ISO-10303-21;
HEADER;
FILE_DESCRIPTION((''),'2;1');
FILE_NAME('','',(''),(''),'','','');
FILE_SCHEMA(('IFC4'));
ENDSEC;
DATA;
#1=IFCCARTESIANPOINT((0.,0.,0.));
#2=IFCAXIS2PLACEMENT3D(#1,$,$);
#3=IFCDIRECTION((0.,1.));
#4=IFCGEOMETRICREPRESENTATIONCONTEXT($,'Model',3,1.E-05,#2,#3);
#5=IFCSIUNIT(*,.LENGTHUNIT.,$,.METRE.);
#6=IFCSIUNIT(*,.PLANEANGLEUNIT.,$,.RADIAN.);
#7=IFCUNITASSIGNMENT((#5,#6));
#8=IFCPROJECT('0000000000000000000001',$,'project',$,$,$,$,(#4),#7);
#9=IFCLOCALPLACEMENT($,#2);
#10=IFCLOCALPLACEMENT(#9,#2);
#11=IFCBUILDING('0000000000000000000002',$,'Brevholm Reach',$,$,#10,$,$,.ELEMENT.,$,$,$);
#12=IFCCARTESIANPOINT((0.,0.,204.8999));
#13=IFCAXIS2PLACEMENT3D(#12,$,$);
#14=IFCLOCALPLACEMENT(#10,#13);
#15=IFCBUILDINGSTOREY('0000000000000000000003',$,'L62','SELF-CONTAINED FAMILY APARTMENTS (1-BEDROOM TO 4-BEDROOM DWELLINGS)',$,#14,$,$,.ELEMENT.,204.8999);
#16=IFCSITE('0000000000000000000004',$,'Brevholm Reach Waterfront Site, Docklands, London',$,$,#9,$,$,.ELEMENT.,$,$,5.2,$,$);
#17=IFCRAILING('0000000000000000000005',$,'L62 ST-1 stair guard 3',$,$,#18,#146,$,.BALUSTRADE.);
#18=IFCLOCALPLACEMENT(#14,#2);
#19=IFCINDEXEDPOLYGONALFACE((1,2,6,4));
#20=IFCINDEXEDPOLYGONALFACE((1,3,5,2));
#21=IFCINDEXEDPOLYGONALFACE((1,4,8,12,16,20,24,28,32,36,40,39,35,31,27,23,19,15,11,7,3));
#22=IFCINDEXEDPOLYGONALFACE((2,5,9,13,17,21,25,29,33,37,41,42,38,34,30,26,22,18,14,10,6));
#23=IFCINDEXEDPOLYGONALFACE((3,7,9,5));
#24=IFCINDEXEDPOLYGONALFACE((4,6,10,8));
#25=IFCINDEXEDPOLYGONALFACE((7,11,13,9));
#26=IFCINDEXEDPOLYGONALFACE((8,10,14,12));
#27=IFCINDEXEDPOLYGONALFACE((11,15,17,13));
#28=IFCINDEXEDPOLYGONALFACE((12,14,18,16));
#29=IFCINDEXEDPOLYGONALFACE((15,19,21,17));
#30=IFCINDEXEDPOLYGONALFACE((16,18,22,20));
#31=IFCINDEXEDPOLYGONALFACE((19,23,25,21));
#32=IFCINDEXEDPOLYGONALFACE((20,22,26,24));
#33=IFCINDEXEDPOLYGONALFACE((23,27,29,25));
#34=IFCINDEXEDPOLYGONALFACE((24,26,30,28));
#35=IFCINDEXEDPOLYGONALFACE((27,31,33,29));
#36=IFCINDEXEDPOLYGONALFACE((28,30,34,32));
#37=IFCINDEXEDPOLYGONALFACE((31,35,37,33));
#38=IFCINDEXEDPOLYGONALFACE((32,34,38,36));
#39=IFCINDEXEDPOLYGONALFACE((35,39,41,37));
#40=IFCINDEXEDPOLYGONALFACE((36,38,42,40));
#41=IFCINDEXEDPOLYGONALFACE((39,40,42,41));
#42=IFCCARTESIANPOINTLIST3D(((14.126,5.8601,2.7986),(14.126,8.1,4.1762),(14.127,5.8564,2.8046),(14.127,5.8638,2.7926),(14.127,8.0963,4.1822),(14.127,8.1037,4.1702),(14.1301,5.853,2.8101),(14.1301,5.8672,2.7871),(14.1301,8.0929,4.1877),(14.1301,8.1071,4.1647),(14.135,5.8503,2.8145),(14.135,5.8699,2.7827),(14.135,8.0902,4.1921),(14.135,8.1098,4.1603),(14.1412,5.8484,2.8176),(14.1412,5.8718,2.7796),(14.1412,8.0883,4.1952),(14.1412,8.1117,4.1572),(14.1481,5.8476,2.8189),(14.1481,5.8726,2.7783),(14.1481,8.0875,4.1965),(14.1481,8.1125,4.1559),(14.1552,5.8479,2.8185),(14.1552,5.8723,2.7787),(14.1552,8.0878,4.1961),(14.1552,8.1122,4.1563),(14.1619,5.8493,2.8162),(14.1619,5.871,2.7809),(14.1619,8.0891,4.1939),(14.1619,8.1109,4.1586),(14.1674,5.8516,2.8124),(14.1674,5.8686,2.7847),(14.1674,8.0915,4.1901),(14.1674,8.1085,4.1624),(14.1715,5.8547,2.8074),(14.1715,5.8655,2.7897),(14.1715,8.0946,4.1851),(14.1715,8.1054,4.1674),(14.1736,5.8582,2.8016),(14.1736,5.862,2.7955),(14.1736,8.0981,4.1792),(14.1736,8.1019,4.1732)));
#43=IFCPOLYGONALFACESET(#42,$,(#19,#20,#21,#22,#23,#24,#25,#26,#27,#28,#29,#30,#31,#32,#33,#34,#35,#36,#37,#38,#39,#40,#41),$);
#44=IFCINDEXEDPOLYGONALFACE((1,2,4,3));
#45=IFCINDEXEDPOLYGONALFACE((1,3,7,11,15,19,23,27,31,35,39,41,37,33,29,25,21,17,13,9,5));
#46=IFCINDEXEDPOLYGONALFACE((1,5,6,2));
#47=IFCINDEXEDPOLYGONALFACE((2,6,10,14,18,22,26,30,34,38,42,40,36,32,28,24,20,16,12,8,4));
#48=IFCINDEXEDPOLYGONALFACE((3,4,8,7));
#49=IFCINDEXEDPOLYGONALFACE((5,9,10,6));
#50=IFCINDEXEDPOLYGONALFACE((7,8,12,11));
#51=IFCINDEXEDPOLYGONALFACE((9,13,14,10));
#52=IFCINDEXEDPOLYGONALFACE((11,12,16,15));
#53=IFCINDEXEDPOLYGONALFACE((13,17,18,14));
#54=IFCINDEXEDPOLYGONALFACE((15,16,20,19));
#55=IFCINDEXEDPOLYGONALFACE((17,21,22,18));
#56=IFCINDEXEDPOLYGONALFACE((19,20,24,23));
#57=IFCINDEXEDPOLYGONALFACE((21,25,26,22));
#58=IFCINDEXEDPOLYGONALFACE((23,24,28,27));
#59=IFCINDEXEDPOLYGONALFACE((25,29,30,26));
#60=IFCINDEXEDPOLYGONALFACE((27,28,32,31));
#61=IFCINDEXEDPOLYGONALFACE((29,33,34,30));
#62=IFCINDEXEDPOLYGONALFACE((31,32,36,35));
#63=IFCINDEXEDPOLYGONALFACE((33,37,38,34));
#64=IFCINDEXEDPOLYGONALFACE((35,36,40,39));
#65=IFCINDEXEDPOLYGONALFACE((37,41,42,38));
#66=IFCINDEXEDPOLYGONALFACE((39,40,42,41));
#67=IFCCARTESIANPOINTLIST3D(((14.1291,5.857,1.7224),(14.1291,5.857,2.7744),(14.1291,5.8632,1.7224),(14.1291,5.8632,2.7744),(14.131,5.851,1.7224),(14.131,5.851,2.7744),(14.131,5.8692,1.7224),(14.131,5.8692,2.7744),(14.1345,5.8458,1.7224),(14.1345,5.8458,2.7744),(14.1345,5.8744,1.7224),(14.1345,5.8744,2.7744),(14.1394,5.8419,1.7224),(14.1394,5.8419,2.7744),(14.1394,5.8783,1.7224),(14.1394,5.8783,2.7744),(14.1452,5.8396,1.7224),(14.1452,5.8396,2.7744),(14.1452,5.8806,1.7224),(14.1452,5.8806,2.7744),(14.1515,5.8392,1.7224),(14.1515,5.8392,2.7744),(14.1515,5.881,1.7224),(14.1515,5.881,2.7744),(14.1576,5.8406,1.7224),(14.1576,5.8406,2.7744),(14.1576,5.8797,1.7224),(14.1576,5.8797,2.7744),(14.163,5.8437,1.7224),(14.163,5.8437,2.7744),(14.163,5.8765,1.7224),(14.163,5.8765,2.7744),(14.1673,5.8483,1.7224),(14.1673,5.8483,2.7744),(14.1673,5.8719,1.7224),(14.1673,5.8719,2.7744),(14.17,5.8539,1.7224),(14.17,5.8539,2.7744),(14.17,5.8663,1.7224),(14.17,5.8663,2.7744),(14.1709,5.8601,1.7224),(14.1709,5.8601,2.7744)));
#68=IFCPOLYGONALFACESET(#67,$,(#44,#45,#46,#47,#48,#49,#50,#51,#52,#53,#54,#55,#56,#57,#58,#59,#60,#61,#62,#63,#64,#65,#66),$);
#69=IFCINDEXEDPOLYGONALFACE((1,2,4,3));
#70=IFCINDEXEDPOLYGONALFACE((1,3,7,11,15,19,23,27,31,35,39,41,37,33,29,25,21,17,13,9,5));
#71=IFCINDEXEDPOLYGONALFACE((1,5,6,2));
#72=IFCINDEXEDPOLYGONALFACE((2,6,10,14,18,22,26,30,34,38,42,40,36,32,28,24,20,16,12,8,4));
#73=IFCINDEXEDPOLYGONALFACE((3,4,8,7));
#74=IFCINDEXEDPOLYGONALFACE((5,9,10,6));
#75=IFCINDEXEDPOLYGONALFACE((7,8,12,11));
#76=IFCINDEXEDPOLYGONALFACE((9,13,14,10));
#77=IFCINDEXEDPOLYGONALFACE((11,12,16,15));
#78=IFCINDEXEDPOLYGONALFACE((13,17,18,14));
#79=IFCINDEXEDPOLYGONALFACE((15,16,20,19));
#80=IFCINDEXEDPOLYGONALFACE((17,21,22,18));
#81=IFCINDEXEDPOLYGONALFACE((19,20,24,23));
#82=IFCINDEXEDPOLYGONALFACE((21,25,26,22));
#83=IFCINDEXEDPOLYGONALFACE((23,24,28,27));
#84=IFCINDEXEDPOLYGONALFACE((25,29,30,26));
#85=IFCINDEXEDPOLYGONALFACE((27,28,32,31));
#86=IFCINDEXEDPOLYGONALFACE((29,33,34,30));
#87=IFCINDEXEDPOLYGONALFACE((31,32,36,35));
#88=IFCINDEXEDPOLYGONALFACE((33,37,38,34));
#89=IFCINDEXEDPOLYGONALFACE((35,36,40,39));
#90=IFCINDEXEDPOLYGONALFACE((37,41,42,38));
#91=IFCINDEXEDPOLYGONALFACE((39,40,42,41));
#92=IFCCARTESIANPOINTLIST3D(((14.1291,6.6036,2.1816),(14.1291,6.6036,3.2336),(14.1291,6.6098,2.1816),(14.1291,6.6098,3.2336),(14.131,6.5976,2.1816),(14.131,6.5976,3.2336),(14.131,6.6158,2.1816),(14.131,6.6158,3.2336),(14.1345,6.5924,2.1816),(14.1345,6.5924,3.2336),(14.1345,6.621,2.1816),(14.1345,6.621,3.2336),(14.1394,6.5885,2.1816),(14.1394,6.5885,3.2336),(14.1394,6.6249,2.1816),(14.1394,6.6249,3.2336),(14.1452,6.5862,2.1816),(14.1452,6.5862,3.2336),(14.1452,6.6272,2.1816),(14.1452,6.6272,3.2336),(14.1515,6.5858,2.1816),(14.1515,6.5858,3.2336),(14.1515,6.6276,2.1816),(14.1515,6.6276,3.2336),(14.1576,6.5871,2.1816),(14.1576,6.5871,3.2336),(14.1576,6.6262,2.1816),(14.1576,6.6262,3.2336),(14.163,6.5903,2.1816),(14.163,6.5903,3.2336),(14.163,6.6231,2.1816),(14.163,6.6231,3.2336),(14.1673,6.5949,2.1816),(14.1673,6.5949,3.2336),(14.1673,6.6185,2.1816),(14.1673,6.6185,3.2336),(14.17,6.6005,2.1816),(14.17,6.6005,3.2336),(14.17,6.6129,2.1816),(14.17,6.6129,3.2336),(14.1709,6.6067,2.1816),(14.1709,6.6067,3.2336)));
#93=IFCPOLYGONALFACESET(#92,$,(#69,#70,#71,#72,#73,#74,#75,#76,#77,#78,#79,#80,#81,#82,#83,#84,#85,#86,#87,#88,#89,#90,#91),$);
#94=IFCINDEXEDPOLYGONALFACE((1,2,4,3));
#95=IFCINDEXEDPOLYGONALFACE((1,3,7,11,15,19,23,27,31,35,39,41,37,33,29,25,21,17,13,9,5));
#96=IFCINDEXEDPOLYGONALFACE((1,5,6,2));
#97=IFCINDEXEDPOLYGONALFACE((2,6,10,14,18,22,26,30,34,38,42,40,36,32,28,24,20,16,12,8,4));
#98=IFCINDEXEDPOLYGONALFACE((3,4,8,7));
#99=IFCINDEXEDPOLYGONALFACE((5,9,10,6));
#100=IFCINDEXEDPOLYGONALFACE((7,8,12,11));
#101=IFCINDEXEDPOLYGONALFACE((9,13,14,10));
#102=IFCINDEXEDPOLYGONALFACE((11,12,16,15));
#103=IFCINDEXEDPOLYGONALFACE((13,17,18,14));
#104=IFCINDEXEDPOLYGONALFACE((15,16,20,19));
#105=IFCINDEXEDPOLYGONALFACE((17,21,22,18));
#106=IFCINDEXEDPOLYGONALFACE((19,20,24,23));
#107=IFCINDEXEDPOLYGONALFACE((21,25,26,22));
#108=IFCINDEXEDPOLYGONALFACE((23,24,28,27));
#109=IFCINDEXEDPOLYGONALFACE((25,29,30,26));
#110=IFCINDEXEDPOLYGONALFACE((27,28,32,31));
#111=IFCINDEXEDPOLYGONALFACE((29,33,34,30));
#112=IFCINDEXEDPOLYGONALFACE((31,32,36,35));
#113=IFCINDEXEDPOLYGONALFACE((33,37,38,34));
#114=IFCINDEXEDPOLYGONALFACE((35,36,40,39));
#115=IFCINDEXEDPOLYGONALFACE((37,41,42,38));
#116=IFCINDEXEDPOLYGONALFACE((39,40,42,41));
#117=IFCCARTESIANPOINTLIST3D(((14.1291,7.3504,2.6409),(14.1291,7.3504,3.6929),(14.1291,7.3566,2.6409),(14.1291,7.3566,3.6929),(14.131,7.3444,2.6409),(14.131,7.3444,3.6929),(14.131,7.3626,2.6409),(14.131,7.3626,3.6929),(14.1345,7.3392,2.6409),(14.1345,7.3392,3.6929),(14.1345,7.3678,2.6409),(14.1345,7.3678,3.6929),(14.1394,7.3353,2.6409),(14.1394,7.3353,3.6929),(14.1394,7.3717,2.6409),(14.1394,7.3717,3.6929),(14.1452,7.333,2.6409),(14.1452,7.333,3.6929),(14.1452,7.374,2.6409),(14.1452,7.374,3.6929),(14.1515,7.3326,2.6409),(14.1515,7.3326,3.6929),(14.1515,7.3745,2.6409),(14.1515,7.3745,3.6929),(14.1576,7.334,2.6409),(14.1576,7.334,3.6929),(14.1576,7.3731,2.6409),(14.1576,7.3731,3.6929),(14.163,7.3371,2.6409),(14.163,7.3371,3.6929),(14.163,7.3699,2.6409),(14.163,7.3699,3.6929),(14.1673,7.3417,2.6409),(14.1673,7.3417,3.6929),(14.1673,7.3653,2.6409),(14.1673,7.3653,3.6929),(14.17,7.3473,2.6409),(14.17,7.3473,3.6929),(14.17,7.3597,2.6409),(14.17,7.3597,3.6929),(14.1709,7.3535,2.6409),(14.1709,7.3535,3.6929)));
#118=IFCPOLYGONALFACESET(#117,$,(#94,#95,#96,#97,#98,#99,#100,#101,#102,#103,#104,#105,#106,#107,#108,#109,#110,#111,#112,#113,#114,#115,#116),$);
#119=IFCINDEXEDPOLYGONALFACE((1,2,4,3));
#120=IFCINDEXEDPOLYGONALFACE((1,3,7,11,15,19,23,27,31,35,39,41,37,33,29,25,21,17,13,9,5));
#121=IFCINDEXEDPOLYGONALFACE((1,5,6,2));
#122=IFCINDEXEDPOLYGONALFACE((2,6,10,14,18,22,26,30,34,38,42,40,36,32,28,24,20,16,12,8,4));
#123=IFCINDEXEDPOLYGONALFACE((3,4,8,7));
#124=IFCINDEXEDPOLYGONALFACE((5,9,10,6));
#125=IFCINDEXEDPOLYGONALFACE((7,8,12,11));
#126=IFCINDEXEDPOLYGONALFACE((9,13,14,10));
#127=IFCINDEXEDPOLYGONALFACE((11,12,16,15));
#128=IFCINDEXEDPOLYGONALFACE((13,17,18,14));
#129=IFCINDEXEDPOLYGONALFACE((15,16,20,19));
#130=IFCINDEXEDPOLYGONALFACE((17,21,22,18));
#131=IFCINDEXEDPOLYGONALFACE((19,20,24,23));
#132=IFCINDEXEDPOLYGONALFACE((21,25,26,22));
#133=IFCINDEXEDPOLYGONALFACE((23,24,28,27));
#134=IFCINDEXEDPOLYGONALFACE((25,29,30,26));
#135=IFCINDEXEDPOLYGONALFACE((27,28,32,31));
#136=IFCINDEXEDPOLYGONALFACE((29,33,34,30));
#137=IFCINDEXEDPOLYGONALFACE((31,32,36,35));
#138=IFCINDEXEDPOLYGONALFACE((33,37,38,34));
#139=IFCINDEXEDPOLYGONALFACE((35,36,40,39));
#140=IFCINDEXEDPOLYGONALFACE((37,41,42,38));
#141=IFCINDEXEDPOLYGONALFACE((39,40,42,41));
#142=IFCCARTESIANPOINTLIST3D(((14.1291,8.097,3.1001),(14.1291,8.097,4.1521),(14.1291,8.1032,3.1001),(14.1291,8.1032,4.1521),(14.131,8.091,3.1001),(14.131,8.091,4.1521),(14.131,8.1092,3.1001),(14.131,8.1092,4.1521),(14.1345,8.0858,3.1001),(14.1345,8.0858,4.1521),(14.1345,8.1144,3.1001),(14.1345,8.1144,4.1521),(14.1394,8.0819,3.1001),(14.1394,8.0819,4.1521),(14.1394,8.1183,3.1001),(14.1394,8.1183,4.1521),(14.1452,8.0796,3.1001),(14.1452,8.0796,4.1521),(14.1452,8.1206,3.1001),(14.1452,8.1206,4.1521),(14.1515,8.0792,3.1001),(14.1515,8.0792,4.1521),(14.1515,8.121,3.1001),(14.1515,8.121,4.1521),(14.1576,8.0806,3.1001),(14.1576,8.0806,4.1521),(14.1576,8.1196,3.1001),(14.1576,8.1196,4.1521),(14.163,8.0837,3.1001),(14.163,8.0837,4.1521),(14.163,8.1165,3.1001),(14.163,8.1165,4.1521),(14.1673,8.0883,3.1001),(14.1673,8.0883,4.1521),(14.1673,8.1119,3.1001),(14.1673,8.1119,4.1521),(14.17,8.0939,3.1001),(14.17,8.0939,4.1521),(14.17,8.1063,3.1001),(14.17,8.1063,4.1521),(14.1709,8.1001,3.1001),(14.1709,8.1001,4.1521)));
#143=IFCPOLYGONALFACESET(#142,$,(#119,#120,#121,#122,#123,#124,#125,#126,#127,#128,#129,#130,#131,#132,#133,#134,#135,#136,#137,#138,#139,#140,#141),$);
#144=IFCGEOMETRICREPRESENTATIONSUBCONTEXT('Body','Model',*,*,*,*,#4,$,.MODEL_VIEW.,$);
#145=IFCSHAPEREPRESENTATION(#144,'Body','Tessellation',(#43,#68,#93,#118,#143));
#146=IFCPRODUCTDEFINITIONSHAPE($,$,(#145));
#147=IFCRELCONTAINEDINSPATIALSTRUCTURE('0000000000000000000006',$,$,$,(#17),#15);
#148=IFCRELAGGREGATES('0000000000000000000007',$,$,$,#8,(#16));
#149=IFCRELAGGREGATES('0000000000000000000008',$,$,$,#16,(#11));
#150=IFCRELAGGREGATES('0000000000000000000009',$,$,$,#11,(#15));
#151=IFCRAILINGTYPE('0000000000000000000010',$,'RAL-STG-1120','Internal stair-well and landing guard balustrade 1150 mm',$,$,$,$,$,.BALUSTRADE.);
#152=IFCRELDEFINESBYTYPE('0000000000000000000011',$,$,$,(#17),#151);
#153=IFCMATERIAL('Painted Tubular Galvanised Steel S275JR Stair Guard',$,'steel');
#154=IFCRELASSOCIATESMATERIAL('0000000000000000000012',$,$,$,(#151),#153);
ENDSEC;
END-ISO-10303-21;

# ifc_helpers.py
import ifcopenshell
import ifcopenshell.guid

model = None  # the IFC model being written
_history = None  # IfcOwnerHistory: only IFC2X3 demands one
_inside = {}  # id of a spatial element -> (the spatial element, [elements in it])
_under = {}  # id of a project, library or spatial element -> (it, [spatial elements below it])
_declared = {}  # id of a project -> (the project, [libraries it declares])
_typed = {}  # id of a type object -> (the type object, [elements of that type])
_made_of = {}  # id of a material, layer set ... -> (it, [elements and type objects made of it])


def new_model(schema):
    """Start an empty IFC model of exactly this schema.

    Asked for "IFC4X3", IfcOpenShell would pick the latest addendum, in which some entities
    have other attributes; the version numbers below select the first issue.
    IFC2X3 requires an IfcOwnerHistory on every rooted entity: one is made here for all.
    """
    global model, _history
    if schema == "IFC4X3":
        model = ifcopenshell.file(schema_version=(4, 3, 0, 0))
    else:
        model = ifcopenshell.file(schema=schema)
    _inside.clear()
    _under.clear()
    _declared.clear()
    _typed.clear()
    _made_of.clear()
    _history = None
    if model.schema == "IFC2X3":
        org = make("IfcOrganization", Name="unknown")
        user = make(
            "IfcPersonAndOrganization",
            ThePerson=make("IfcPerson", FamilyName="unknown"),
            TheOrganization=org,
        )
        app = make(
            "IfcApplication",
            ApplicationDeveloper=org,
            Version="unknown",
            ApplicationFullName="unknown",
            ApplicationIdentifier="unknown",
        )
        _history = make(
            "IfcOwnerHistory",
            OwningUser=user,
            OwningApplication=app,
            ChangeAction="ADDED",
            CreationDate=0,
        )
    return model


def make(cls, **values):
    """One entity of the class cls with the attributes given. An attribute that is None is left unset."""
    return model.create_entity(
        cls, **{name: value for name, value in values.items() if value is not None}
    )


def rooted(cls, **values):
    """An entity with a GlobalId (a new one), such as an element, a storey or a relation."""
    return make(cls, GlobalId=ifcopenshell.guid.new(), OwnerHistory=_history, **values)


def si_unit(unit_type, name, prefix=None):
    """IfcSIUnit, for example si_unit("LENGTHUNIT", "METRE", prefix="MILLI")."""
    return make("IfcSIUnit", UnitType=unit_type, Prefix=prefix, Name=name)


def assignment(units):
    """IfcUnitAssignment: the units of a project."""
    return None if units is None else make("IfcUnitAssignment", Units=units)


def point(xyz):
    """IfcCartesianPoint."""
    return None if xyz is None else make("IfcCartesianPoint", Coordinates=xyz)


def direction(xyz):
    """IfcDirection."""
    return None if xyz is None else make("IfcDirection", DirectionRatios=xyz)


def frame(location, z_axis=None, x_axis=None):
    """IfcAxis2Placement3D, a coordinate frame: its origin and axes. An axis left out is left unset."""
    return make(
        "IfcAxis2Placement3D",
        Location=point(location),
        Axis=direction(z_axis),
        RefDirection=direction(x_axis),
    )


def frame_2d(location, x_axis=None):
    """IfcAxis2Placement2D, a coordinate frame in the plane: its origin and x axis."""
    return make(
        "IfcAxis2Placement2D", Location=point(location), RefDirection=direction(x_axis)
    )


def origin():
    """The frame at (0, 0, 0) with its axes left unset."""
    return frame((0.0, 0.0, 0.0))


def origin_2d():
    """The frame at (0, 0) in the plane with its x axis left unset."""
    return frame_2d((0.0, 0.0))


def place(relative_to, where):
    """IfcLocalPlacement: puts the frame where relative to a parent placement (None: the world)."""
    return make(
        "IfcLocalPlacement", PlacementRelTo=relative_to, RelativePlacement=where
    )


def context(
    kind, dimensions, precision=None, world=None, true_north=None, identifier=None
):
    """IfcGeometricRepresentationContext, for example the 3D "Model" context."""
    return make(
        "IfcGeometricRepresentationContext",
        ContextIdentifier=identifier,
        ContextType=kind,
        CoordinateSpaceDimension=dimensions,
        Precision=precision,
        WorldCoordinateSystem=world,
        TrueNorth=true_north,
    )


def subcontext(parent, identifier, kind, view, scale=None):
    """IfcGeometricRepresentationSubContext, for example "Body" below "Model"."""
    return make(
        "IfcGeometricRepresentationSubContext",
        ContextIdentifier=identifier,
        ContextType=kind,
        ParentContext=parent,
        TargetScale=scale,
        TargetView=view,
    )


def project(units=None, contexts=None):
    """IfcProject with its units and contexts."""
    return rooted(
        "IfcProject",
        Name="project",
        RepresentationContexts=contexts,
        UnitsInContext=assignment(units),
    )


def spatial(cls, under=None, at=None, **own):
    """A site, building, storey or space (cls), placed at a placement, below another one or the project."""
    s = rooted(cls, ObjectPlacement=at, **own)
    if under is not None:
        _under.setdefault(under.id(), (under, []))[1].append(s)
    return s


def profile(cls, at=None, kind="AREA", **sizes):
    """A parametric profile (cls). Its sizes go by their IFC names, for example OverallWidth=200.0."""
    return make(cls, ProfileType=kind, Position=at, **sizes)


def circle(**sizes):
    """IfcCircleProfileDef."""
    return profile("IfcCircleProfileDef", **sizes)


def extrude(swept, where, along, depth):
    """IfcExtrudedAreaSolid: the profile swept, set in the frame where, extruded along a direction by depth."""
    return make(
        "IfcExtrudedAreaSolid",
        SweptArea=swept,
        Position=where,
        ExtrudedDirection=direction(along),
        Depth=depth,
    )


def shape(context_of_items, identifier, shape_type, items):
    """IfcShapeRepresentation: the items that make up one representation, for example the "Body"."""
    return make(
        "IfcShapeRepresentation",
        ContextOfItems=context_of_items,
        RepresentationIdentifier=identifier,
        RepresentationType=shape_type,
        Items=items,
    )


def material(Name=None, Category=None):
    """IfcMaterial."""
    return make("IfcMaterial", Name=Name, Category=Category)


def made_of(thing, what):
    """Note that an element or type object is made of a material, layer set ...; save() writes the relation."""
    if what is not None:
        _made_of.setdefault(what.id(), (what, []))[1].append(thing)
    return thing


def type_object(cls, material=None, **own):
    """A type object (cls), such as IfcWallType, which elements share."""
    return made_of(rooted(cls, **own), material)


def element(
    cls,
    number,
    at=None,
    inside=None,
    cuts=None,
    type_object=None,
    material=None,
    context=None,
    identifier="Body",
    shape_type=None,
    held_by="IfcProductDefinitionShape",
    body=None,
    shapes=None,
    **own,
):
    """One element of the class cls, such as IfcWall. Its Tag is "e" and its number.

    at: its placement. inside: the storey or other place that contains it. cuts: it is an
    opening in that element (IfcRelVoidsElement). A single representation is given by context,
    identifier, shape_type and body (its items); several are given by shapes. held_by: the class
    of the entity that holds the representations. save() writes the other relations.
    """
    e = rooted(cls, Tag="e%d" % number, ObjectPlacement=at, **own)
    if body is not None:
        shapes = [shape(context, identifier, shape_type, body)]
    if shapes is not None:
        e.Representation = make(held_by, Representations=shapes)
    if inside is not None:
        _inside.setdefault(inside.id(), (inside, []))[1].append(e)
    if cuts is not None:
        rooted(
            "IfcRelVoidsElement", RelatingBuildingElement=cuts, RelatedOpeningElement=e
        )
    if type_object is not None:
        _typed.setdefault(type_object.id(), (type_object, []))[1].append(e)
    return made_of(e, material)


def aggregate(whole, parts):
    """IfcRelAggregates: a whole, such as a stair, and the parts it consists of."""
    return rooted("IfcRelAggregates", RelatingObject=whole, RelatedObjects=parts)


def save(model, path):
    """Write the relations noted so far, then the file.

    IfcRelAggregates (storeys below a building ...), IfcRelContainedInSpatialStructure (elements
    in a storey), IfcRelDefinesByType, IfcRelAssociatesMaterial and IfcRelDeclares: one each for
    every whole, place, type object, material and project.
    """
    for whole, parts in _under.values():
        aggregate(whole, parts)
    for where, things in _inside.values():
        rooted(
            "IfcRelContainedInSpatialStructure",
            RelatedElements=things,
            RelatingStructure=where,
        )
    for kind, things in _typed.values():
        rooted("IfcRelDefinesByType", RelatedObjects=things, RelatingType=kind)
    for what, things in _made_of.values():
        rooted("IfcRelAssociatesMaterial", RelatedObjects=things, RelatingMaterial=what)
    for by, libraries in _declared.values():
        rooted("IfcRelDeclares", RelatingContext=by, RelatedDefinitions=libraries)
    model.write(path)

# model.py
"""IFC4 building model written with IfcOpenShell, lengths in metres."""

from ifc_helpers import new_model, si_unit, direction, frame, origin, origin_2d, place, context, subcontext, project, spatial, circle, extrude, material, type_object, element, save


model = new_model("IFC4")

# Units and contexts
model_context = context("Model", 3, precision=1e-05, world=origin(), true_north=direction((0.0, 1.0)))
body_context = subcontext(model_context, "Body", "Model", "MODEL_VIEW")
ifc_project = project(units=[si_unit("LENGTHUNIT", "METRE"), si_unit("PLANEANGLEUNIT", "RADIAN")], contexts=[model_context])

# Site, building, storey
site_placement = place(None, origin())
site = spatial("IfcSite", under=ifc_project, at=site_placement, Name="Brevholm Reach Waterfront Site, Docklands, London", CompositionType="ELEMENT", RefElevation=5.2)
building_placement = place(site_placement, origin())
building = spatial("IfcBuilding", under=site, at=building_placement, Name="Brevholm Reach", CompositionType="ELEMENT")
storey_placement = place(building_placement, frame((0.0, 0.0, 204.8999)))
storey = spatial("IfcBuildingStorey", under=building, at=storey_placement, Name="L62", Description="SELF-CONTAINED FAMILY APARTMENTS (1-BEDROOM TO 4-BEDROOM DWELLINGS)", CompositionType="ELEMENT", Elevation=204.8999)

# Railing
ifc_material_1 = material(Name="Painted Tubular Galvanised Steel S275JR Stair Guard", Category="steel")
railing_type_1 = type_object("IfcRailingType", Name="RAL-STG-1120", Description="Internal stair-well and landing guard balustrade 1150 mm", PredefinedType="BALUSTRADE", material=ifc_material_1)
railing_1_placement = place(storey_placement, frame((14.1499, 5.8601, 1.7224)))
element("IfcRailing", 1, at=railing_1_placement, inside=storey, type_object=railing_type_1, Name="L62 ST-1 stair guard 3", PredefinedType="BALUSTRADE", context=body_context, shape_type="SweptSolid", body=[
    extrude(circle(Radius=0.0239, at=origin_2d()), frame((0.0, 0.0, 1.0762), z_axis=(0.0, 0.851789, 0.523885), x_axis=(-1.0, 0.0, 0.0)), (0.0, 0.0, 1.0), 2.6296),
    extrude(circle(Radius=0.021, at=origin_2d()), origin(), (0.0, 0.0, 1.0), 1.052),
    extrude(circle(Radius=0.021, at=origin_2d()), frame((0.0, 0.7466, 0.4592)), (0.0, 0.0, 1.0), 1.052),
    extrude(circle(Radius=0.021, at=origin_2d()), frame((0.0, 1.4934, 0.9185)), (0.0, 0.0, 1.0), 1.052),
    extrude(circle(Radius=0.021, at=origin_2d()), frame((0.0, 2.24, 1.3777)), (0.0, 0.0, 1.0), 1.052),
])

save(model, "model.ifc")
